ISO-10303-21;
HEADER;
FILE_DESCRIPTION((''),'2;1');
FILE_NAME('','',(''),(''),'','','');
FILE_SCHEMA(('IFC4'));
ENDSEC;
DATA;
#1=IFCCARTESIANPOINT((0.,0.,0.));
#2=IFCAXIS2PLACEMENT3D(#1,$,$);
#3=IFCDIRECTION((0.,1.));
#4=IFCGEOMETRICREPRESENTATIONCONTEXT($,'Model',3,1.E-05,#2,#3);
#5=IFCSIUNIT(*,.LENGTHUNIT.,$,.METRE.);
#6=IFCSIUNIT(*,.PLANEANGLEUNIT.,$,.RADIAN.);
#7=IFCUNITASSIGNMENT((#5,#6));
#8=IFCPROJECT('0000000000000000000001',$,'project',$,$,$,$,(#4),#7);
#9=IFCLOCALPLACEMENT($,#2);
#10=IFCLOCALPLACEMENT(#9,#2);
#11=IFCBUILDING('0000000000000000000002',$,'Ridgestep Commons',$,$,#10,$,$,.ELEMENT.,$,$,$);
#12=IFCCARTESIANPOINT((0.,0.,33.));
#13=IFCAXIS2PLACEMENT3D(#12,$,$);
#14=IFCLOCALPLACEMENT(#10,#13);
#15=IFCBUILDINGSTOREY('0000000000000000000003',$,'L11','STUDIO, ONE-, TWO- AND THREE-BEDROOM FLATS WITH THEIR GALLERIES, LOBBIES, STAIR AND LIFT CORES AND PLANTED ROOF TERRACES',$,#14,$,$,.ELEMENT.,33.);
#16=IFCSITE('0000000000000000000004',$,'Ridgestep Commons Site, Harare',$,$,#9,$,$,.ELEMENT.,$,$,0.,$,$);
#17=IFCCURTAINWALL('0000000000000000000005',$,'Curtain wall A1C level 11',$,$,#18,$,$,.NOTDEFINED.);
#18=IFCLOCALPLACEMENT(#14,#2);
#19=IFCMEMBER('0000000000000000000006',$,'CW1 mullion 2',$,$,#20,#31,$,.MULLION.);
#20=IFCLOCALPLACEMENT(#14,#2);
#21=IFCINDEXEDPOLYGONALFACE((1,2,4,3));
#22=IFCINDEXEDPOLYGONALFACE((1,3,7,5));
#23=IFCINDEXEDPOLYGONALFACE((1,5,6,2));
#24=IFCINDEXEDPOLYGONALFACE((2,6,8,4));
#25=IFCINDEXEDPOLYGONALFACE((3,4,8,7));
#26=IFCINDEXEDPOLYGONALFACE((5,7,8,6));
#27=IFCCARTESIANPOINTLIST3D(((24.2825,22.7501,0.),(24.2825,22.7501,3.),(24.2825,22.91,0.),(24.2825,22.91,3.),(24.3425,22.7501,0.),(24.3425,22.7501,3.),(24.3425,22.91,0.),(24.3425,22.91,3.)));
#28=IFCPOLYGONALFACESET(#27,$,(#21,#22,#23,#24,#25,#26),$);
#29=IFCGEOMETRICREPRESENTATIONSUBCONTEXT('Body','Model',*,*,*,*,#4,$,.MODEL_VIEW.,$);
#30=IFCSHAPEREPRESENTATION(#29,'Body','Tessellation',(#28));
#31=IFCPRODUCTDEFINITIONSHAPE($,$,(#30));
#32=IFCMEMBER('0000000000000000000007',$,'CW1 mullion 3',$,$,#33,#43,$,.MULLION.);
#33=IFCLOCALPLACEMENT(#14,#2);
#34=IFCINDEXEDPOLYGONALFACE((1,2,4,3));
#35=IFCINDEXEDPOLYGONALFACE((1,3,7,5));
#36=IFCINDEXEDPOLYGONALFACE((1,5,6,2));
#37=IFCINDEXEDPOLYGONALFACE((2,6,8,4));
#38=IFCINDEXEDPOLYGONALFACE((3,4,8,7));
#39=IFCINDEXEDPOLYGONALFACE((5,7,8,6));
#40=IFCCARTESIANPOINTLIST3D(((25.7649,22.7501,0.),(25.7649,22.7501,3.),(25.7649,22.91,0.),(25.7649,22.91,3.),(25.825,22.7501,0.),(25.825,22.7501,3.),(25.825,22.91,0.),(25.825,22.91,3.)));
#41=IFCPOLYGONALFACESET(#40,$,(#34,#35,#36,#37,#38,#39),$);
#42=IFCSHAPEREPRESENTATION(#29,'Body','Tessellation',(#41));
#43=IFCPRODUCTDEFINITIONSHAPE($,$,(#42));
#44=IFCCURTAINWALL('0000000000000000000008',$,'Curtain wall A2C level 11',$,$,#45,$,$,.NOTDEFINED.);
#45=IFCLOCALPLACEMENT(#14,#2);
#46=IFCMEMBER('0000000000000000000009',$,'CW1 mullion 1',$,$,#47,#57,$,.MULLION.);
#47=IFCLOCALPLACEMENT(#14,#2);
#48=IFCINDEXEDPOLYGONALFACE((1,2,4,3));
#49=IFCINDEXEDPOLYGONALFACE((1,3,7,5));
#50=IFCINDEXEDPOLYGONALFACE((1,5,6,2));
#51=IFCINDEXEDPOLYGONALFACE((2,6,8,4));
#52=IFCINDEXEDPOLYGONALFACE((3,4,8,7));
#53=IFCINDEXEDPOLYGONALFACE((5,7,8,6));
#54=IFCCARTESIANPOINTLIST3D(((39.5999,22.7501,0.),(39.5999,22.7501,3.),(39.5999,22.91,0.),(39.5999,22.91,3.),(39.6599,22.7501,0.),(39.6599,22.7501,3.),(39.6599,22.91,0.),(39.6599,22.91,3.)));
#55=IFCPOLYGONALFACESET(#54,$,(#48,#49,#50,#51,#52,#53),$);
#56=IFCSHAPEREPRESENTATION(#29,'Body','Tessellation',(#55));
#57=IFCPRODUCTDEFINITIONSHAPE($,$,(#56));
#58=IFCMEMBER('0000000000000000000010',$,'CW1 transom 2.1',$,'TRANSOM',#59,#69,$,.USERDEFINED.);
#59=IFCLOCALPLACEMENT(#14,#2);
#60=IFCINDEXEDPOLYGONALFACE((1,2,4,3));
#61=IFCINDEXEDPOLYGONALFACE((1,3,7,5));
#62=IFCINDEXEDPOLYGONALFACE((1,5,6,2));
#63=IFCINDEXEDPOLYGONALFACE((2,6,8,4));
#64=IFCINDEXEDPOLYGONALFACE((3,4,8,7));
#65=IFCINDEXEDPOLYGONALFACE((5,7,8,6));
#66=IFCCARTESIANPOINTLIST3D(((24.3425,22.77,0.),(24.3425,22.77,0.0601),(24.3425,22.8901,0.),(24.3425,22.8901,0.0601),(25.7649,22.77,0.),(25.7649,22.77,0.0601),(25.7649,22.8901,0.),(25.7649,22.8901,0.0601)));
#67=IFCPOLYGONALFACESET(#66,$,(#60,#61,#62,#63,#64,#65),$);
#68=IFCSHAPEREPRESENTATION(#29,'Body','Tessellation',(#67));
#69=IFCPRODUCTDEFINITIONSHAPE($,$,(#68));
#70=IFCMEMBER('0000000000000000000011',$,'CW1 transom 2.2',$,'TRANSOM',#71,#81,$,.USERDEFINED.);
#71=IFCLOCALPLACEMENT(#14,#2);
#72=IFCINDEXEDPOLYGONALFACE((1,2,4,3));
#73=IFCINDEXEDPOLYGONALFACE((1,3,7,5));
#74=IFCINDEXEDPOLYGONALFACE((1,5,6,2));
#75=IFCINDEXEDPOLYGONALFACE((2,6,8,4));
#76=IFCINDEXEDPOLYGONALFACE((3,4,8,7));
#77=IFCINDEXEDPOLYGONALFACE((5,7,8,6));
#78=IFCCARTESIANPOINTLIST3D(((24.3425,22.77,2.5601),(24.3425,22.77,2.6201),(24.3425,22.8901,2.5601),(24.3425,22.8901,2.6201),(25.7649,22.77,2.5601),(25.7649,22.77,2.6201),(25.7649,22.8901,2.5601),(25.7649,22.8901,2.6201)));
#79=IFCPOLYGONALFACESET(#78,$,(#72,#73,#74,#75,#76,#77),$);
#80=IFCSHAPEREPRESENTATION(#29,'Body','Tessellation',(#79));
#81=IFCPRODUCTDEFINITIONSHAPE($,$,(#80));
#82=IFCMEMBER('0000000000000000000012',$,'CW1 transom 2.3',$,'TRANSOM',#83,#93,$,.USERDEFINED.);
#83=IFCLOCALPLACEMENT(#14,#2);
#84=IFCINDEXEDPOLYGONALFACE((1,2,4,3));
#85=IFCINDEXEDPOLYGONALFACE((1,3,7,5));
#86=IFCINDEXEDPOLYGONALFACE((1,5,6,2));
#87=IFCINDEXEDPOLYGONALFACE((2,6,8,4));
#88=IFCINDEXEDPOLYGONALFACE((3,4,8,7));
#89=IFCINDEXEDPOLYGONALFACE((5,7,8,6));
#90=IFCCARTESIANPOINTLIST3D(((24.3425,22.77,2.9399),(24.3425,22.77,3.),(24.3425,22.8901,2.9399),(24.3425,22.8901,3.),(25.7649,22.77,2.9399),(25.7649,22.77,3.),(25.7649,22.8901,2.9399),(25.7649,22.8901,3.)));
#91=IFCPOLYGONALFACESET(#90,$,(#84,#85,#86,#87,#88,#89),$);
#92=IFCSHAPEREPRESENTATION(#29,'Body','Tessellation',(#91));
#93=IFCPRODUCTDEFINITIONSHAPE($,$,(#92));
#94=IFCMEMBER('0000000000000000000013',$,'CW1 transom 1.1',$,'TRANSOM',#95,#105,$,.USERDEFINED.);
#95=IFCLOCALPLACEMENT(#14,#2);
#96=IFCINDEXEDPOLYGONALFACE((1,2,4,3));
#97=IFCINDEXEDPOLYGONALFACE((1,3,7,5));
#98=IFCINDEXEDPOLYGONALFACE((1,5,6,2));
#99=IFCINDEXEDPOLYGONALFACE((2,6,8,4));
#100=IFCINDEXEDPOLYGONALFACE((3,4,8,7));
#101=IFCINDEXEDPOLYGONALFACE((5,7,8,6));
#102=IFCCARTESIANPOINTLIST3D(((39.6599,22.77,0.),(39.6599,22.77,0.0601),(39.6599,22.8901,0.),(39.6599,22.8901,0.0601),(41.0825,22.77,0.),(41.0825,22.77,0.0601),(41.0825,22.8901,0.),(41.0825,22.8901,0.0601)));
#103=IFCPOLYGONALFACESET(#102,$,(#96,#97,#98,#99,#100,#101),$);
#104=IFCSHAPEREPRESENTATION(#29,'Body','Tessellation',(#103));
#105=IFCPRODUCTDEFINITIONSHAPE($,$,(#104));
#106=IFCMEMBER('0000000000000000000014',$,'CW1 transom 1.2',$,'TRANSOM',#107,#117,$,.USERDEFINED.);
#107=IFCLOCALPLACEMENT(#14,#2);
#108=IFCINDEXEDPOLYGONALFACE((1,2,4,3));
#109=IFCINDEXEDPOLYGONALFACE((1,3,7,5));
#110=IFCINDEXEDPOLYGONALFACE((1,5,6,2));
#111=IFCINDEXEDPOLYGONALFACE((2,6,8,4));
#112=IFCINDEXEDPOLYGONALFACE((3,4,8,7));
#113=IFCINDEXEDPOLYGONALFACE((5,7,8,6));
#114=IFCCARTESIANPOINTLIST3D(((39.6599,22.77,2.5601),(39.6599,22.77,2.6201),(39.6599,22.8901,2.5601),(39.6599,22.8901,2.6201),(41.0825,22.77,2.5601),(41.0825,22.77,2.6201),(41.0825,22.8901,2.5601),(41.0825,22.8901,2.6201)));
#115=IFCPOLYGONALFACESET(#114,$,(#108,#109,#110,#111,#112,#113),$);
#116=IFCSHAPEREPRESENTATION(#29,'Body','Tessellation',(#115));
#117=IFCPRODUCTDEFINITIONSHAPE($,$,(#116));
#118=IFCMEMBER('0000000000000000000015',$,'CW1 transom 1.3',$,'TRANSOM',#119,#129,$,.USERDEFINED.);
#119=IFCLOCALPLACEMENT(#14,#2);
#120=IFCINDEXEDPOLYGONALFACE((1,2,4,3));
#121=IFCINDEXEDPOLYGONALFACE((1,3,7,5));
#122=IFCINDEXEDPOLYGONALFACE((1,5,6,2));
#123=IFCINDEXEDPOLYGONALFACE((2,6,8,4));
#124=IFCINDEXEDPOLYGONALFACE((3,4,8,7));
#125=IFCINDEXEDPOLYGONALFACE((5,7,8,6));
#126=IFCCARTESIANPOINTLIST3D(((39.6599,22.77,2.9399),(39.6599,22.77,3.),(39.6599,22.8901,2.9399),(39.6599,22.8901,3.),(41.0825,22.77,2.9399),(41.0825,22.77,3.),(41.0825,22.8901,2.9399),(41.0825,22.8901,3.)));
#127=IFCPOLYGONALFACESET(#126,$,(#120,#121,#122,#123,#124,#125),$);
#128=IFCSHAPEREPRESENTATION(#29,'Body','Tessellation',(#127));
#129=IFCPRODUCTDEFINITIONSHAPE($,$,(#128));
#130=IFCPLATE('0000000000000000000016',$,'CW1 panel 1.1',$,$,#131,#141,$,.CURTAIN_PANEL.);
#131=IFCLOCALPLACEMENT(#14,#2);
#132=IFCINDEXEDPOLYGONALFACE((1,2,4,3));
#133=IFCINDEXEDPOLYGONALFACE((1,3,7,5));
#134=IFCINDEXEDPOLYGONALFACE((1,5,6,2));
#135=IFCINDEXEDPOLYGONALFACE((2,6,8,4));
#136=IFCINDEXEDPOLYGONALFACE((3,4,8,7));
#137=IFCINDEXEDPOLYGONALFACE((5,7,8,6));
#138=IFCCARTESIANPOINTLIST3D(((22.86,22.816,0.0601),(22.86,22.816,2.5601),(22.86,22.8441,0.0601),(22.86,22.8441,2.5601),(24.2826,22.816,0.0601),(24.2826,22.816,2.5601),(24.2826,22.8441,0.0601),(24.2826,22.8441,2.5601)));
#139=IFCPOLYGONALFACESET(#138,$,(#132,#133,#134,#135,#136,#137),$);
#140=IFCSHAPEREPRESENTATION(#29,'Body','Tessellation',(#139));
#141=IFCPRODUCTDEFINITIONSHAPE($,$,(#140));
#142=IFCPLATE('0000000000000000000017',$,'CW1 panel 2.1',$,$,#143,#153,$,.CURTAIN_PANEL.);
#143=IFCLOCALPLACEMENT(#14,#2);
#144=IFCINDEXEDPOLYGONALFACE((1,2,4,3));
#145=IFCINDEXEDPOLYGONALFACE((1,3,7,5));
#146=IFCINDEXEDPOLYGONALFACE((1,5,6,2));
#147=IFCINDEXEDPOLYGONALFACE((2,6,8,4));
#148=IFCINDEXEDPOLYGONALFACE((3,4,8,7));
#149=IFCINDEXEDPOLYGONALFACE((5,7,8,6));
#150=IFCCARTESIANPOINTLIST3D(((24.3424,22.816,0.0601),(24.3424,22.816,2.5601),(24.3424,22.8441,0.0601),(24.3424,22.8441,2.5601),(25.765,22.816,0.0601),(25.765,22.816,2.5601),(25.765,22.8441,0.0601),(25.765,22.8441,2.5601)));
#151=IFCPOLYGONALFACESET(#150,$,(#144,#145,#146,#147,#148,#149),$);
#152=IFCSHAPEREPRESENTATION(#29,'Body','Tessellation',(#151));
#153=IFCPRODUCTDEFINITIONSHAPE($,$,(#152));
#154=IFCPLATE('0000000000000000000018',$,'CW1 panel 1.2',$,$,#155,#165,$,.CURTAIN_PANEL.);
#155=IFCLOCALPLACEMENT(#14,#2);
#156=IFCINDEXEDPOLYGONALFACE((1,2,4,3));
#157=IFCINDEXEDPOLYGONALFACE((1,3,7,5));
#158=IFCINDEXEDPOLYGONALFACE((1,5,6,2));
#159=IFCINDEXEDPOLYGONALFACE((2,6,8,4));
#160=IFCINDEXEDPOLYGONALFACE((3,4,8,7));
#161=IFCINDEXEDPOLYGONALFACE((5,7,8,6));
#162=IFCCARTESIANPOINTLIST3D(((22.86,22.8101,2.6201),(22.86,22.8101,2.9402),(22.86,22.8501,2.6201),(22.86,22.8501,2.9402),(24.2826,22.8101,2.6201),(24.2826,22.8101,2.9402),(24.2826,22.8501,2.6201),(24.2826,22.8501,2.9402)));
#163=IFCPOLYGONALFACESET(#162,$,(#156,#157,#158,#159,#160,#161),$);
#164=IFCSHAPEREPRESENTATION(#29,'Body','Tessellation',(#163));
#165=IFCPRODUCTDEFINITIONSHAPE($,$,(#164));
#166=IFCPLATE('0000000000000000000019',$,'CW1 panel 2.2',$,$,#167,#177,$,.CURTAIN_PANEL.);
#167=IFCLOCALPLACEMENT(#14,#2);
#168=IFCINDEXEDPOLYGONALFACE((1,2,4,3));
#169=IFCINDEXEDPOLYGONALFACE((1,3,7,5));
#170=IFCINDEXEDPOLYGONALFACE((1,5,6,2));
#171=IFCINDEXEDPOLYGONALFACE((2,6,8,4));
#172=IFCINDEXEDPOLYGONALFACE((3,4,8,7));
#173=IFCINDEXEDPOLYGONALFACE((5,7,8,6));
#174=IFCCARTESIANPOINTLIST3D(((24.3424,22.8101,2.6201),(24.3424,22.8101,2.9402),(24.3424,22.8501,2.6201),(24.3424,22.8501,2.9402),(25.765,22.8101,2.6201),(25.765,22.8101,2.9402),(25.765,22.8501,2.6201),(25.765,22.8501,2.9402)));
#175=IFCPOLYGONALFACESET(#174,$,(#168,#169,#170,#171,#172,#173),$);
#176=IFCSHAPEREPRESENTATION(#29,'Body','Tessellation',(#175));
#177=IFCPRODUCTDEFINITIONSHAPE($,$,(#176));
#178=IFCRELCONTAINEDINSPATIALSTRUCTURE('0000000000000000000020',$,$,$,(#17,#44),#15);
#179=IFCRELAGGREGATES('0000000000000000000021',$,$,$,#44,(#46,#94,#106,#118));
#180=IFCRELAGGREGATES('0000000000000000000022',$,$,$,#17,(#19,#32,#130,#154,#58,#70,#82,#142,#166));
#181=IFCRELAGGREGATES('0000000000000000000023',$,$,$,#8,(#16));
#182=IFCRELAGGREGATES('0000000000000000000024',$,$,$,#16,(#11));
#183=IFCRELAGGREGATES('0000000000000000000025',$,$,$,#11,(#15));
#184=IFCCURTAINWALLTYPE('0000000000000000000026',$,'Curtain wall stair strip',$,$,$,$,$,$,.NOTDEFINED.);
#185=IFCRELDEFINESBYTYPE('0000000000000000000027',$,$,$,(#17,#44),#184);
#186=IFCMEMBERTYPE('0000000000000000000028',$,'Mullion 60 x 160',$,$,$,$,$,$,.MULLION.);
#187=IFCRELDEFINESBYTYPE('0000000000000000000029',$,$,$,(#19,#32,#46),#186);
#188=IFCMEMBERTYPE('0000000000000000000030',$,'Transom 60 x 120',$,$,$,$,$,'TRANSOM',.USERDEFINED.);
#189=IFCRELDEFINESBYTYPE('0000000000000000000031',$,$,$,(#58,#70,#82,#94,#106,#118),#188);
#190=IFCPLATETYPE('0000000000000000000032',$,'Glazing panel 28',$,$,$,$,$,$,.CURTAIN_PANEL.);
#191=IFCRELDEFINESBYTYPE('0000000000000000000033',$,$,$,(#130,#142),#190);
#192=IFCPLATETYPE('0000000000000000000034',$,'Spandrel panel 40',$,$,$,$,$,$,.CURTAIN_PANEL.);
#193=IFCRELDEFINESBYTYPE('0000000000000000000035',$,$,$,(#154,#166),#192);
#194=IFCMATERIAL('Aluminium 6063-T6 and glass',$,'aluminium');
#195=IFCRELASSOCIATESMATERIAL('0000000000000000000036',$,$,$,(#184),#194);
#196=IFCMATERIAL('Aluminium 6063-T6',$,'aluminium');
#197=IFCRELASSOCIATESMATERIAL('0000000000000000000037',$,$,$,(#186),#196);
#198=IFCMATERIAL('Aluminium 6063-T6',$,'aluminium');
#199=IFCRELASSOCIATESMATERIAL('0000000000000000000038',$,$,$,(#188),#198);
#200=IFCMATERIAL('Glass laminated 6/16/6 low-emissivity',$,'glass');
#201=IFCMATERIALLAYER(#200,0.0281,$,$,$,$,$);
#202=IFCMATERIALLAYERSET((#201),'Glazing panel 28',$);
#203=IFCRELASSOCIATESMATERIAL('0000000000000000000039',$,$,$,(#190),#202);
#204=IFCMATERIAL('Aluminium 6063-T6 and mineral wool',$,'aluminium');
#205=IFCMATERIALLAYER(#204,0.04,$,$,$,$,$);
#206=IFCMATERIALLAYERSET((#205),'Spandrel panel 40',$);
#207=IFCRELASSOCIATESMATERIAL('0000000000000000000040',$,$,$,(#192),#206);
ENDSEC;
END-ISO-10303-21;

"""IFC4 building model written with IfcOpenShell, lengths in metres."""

from ifc_helpers import new_model, si_unit, direction, frame, origin, origin_2d, place, context, subcontext, project, spatial, rectangle, extrude, material, layer, layer_set, material_profile, profile_set, type_object, element, aggregate, save


model = new_model("IFC4")

# Units and contexts
model_context = context("Model", 3, precision=1e-05, world=origin(), true_north=direction((0.0, 1.0)))
body_context = subcontext(model_context, "Body", "Model", "MODEL_VIEW")
ifc_project = project(units=[si_unit("LENGTHUNIT", "METRE"), si_unit("PLANEANGLEUNIT", "RADIAN")], contexts=[model_context])

# Site, building, storey
site_placement = place(None, origin())
site = spatial("IfcSite", under=ifc_project, at=site_placement, Name="Ridgestep Commons Site, Harare", CompositionType="ELEMENT", RefElevation=0.0)
building_placement = place(site_placement, origin())
building = spatial("IfcBuilding", under=site, at=building_placement, Name="Ridgestep Commons", CompositionType="ELEMENT")
storey_placement = place(building_placement, frame((0.0, 0.0, 33.0)))
storey = spatial("IfcBuildingStorey", under=building, at=storey_placement, Name="L11", Description="STUDIO, ONE-, TWO- AND THREE-BEDROOM FLATS WITH THEIR GALLERIES, LOBBIES, STAIR AND LIFT CORES AND PLANTED ROOF TERRACES", CompositionType="ELEMENT", Elevation=33.0)

# Curtain wall, members
ifc_material_1 = material(Name="Aluminium 6063-T6 and glass", Category="aluminium")
curtain_wall_type = type_object("IfcCurtainWallType", Name="Curtain wall stair strip", PredefinedType="NOTDEFINED", material=ifc_material_1)
curtain_wall_1_placement = place(storey_placement, origin())
curtain_wall_1 = element("IfcCurtainWall", 1, at=curtain_wall_1_placement, inside=storey, type_object=curtain_wall_type, Name="Curtain wall A1C level 11", PredefinedType="NOTDEFINED")
ifc_material_2 = material(Name="Aluminium 6063-T6", Category="aluminium")
ifc_material_profile_1 = material_profile(ifc_material_2, rectangle(XDim=0.1599, YDim=0.0601, at=origin_2d()), Name="Mullion 60 x 160")
ifc_profile_set_1 = profile_set([ifc_material_profile_1], Name="Aluminium 6063-T6")
member_type_1 = type_object("IfcMemberType", Name="Mullion 60 x 160", PredefinedType="MULLION", material=ifc_profile_set_1)
member_1_placement = place(storey_placement, frame((24.3125, 22.8301, 0.0), z_axis=(0.0, 0.0, 1.0), x_axis=(0.0, 1.0, 0.0)))
member_1 = element("IfcMember", 2, at=member_1_placement, type_object=member_type_1, Name="CW1 mullion 2", PredefinedType="MULLION", context=body_context, shape_type="SweptSolid", body=[
    extrude(rectangle(XDim=0.1599, YDim=0.0601, at=origin_2d()), origin(), (0.0, 0.0, 1.0), 3.0),
])
member_2_placement = place(storey_placement, frame((25.7949, 22.8301, 0.0), z_axis=(0.0, 0.0, 1.0), x_axis=(0.0, 1.0, 0.0)))
member_2 = element("IfcMember", 3, at=member_2_placement, type_object=member_type_1, Name="CW1 mullion 3", PredefinedType="MULLION", context=body_context, shape_type="SweptSolid", body=[
    extrude(rectangle(XDim=0.1599, YDim=0.0601, at=origin_2d()), origin(), (0.0, 0.0, 1.0), 3.0),
])

# Curtain wall, member
curtain_wall_2_placement = place(storey_placement, origin())
curtain_wall_2 = element("IfcCurtainWall", 4, at=curtain_wall_2_placement, inside=storey, type_object=curtain_wall_type, Name="Curtain wall A2C level 11", PredefinedType="NOTDEFINED")
member_3_placement = place(storey_placement, frame((39.6299, 22.8301, 0.0), z_axis=(0.0, 0.0, 1.0), x_axis=(0.0, 1.0, 0.0)))
member_3 = element("IfcMember", 5, at=member_3_placement, type_object=member_type_1, Name="CW1 mullion 1", PredefinedType="MULLION", context=body_context, shape_type="SweptSolid", body=[
    extrude(rectangle(XDim=0.1599, YDim=0.0601, at=origin_2d()), origin(), (0.0, 0.0, 1.0), 3.0),
])

# Members
ifc_material_3 = material(Name="Aluminium 6063-T6", Category="aluminium")
ifc_material_profile_2 = material_profile(ifc_material_3, rectangle(XDim=0.1201, YDim=0.0601, at=origin_2d()), Name="Transom 60 x 120")
ifc_profile_set_2 = profile_set([ifc_material_profile_2], Name="Aluminium 6063-T6")
member_type_2 = type_object("IfcMemberType", Name="Transom 60 x 120", ElementType="TRANSOM", PredefinedType="USERDEFINED", material=ifc_profile_set_2)
member_4_placement = place(storey_placement, frame((24.3425, 22.8301, 0.03), z_axis=(1.0, 0.0, 0.0), x_axis=(0.0, 1.0, 0.0)))
member_4 = element("IfcMember", 6, at=member_4_placement, type_object=member_type_2, Name="CW1 transom 2.1", ObjectType="TRANSOM", PredefinedType="USERDEFINED", context=body_context, shape_type="SweptSolid", body=[
    extrude(rectangle(XDim=0.1201, YDim=0.0601, at=origin_2d()), origin(), (0.0, 0.0, 1.0), 1.4224),
])
member_5_placement = place(storey_placement, frame((24.3425, 22.8301, 2.5901), z_axis=(1.0, 0.0, 0.0), x_axis=(0.0, 1.0, 0.0)))
member_5 = element("IfcMember", 7, at=member_5_placement, type_object=member_type_2, Name="CW1 transom 2.2", ObjectType="TRANSOM", PredefinedType="USERDEFINED", context=body_context, shape_type="SweptSolid", body=[
    extrude(rectangle(XDim=0.1201, YDim=0.0601, at=origin_2d()), origin(), (0.0, 0.0, 1.0), 1.4224),
])
member_6_placement = place(storey_placement, frame((24.3425, 22.8301, 2.97), z_axis=(1.0, 0.0, 0.0), x_axis=(0.0, 1.0, 0.0)))
member_6 = element("IfcMember", 8, at=member_6_placement, type_object=member_type_2, Name="CW1 transom 2.3", ObjectType="TRANSOM", PredefinedType="USERDEFINED", context=body_context, shape_type="SweptSolid", body=[
    extrude(rectangle(XDim=0.1201, YDim=0.0601, at=origin_2d()), origin(), (0.0, 0.0, 1.0), 1.4224),
])
member_7_placement = place(storey_placement, frame((39.6599, 22.8301, 0.03), z_axis=(1.0, 0.0, 0.0), x_axis=(0.0, 1.0, 0.0)))
member_7 = element("IfcMember", 9, at=member_7_placement, type_object=member_type_2, Name="CW1 transom 1.1", ObjectType="TRANSOM", PredefinedType="USERDEFINED", context=body_context, shape_type="SweptSolid", body=[
    extrude(rectangle(XDim=0.1201, YDim=0.0601, at=origin_2d()), origin(), (0.0, 0.0, 1.0), 1.4226),
])
member_8_placement = place(storey_placement, frame((39.6599, 22.8301, 2.5901), z_axis=(1.0, 0.0, 0.0), x_axis=(0.0, 1.0, 0.0)))
member_8 = element("IfcMember", 10, at=member_8_placement, type_object=member_type_2, Name="CW1 transom 1.2", ObjectType="TRANSOM", PredefinedType="USERDEFINED", context=body_context, shape_type="SweptSolid", body=[
    extrude(rectangle(XDim=0.1201, YDim=0.0601, at=origin_2d()), origin(), (0.0, 0.0, 1.0), 1.4226),
])
member_9_placement = place(storey_placement, frame((39.6599, 22.8301, 2.97), z_axis=(1.0, 0.0, 0.0), x_axis=(0.0, 1.0, 0.0)))
member_9 = element("IfcMember", 11, at=member_9_placement, type_object=member_type_2, Name="CW1 transom 1.3", ObjectType="TRANSOM", PredefinedType="USERDEFINED", context=body_context, shape_type="SweptSolid", body=[
    extrude(rectangle(XDim=0.1201, YDim=0.0601, at=origin_2d()), origin(), (0.0, 0.0, 1.0), 1.4226),
])
aggregate(curtain_wall_2, [member_3, member_7, member_8, member_9])

# Plates
ifc_material_4 = material(Name="Glass laminated 6/16/6 low-emissivity", Category="glass")
ifc_layer_1 = layer(ifc_material_4, 0.0281)
ifc_layer_set_1 = layer_set([ifc_layer_1], Name="Glazing panel 28")
plate_type_1 = type_object("IfcPlateType", Name="Glazing panel 28", PredefinedType="CURTAIN_PANEL", material=ifc_layer_set_1)
plate_1_placement = place(storey_placement, frame((23.5713, 22.8301, 0.0601), z_axis=(0.0, 0.0, 1.0), x_axis=(1.0, 0.0, 0.0)))
plate_1 = element("IfcPlate", 12, at=plate_1_placement, type_object=plate_type_1, Name="CW1 panel 1.1", PredefinedType="CURTAIN_PANEL", context=body_context, shape_type="SweptSolid", body=[
    extrude(rectangle(XDim=1.4226, YDim=0.0281, at=origin_2d()), origin(), (0.0, 0.0, 1.0), 2.5),
])
plate_2_placement = place(storey_placement, frame((25.0537, 22.8301, 0.0601), z_axis=(0.0, 0.0, 1.0), x_axis=(1.0, 0.0, 0.0)))
plate_2 = element("IfcPlate", 13, at=plate_2_placement, type_object=plate_type_1, Name="CW1 panel 2.1", PredefinedType="CURTAIN_PANEL", context=body_context, shape_type="SweptSolid", body=[
    extrude(rectangle(XDim=1.4226, YDim=0.0281, at=origin_2d()), origin(), (0.0, 0.0, 1.0), 2.5),
])
ifc_material_5 = material(Name="Aluminium 6063-T6 and mineral wool", Category="aluminium")
ifc_layer_2 = layer(ifc_material_5, 0.04)
ifc_layer_set_2 = layer_set([ifc_layer_2], Name="Spandrel panel 40")
plate_type_2 = type_object("IfcPlateType", Name="Spandrel panel 40", PredefinedType="CURTAIN_PANEL", material=ifc_layer_set_2)
plate_3_placement = place(storey_placement, frame((23.5713, 22.8301, 2.6201), z_axis=(0.0, 0.0, 1.0), x_axis=(1.0, 0.0, 0.0)))
plate_3 = element("IfcPlate", 14, at=plate_3_placement, type_object=plate_type_2, Name="CW1 panel 1.2", PredefinedType="CURTAIN_PANEL", context=body_context, shape_type="SweptSolid", body=[
    extrude(rectangle(XDim=1.4226, YDim=0.04, at=origin_2d()), origin(), (0.0, 0.0, 1.0), 0.3201),
])
plate_4_placement = place(storey_placement, frame((25.0537, 22.8301, 2.6201), z_axis=(0.0, 0.0, 1.0), x_axis=(1.0, 0.0, 0.0)))
plate_4 = element("IfcPlate", 15, at=plate_4_placement, type_object=plate_type_2, Name="CW1 panel 2.2", PredefinedType="CURTAIN_PANEL", context=body_context, shape_type="SweptSolid", body=[
    extrude(rectangle(XDim=1.4226, YDim=0.04, at=origin_2d()), origin(), (0.0, 0.0, 1.0), 0.3201),
])
aggregate(curtain_wall_1, [member_1, member_2, plate_1, plate_3, member_4, member_5, member_6, plate_2, plate_4])

save(model, "model.ifc")
